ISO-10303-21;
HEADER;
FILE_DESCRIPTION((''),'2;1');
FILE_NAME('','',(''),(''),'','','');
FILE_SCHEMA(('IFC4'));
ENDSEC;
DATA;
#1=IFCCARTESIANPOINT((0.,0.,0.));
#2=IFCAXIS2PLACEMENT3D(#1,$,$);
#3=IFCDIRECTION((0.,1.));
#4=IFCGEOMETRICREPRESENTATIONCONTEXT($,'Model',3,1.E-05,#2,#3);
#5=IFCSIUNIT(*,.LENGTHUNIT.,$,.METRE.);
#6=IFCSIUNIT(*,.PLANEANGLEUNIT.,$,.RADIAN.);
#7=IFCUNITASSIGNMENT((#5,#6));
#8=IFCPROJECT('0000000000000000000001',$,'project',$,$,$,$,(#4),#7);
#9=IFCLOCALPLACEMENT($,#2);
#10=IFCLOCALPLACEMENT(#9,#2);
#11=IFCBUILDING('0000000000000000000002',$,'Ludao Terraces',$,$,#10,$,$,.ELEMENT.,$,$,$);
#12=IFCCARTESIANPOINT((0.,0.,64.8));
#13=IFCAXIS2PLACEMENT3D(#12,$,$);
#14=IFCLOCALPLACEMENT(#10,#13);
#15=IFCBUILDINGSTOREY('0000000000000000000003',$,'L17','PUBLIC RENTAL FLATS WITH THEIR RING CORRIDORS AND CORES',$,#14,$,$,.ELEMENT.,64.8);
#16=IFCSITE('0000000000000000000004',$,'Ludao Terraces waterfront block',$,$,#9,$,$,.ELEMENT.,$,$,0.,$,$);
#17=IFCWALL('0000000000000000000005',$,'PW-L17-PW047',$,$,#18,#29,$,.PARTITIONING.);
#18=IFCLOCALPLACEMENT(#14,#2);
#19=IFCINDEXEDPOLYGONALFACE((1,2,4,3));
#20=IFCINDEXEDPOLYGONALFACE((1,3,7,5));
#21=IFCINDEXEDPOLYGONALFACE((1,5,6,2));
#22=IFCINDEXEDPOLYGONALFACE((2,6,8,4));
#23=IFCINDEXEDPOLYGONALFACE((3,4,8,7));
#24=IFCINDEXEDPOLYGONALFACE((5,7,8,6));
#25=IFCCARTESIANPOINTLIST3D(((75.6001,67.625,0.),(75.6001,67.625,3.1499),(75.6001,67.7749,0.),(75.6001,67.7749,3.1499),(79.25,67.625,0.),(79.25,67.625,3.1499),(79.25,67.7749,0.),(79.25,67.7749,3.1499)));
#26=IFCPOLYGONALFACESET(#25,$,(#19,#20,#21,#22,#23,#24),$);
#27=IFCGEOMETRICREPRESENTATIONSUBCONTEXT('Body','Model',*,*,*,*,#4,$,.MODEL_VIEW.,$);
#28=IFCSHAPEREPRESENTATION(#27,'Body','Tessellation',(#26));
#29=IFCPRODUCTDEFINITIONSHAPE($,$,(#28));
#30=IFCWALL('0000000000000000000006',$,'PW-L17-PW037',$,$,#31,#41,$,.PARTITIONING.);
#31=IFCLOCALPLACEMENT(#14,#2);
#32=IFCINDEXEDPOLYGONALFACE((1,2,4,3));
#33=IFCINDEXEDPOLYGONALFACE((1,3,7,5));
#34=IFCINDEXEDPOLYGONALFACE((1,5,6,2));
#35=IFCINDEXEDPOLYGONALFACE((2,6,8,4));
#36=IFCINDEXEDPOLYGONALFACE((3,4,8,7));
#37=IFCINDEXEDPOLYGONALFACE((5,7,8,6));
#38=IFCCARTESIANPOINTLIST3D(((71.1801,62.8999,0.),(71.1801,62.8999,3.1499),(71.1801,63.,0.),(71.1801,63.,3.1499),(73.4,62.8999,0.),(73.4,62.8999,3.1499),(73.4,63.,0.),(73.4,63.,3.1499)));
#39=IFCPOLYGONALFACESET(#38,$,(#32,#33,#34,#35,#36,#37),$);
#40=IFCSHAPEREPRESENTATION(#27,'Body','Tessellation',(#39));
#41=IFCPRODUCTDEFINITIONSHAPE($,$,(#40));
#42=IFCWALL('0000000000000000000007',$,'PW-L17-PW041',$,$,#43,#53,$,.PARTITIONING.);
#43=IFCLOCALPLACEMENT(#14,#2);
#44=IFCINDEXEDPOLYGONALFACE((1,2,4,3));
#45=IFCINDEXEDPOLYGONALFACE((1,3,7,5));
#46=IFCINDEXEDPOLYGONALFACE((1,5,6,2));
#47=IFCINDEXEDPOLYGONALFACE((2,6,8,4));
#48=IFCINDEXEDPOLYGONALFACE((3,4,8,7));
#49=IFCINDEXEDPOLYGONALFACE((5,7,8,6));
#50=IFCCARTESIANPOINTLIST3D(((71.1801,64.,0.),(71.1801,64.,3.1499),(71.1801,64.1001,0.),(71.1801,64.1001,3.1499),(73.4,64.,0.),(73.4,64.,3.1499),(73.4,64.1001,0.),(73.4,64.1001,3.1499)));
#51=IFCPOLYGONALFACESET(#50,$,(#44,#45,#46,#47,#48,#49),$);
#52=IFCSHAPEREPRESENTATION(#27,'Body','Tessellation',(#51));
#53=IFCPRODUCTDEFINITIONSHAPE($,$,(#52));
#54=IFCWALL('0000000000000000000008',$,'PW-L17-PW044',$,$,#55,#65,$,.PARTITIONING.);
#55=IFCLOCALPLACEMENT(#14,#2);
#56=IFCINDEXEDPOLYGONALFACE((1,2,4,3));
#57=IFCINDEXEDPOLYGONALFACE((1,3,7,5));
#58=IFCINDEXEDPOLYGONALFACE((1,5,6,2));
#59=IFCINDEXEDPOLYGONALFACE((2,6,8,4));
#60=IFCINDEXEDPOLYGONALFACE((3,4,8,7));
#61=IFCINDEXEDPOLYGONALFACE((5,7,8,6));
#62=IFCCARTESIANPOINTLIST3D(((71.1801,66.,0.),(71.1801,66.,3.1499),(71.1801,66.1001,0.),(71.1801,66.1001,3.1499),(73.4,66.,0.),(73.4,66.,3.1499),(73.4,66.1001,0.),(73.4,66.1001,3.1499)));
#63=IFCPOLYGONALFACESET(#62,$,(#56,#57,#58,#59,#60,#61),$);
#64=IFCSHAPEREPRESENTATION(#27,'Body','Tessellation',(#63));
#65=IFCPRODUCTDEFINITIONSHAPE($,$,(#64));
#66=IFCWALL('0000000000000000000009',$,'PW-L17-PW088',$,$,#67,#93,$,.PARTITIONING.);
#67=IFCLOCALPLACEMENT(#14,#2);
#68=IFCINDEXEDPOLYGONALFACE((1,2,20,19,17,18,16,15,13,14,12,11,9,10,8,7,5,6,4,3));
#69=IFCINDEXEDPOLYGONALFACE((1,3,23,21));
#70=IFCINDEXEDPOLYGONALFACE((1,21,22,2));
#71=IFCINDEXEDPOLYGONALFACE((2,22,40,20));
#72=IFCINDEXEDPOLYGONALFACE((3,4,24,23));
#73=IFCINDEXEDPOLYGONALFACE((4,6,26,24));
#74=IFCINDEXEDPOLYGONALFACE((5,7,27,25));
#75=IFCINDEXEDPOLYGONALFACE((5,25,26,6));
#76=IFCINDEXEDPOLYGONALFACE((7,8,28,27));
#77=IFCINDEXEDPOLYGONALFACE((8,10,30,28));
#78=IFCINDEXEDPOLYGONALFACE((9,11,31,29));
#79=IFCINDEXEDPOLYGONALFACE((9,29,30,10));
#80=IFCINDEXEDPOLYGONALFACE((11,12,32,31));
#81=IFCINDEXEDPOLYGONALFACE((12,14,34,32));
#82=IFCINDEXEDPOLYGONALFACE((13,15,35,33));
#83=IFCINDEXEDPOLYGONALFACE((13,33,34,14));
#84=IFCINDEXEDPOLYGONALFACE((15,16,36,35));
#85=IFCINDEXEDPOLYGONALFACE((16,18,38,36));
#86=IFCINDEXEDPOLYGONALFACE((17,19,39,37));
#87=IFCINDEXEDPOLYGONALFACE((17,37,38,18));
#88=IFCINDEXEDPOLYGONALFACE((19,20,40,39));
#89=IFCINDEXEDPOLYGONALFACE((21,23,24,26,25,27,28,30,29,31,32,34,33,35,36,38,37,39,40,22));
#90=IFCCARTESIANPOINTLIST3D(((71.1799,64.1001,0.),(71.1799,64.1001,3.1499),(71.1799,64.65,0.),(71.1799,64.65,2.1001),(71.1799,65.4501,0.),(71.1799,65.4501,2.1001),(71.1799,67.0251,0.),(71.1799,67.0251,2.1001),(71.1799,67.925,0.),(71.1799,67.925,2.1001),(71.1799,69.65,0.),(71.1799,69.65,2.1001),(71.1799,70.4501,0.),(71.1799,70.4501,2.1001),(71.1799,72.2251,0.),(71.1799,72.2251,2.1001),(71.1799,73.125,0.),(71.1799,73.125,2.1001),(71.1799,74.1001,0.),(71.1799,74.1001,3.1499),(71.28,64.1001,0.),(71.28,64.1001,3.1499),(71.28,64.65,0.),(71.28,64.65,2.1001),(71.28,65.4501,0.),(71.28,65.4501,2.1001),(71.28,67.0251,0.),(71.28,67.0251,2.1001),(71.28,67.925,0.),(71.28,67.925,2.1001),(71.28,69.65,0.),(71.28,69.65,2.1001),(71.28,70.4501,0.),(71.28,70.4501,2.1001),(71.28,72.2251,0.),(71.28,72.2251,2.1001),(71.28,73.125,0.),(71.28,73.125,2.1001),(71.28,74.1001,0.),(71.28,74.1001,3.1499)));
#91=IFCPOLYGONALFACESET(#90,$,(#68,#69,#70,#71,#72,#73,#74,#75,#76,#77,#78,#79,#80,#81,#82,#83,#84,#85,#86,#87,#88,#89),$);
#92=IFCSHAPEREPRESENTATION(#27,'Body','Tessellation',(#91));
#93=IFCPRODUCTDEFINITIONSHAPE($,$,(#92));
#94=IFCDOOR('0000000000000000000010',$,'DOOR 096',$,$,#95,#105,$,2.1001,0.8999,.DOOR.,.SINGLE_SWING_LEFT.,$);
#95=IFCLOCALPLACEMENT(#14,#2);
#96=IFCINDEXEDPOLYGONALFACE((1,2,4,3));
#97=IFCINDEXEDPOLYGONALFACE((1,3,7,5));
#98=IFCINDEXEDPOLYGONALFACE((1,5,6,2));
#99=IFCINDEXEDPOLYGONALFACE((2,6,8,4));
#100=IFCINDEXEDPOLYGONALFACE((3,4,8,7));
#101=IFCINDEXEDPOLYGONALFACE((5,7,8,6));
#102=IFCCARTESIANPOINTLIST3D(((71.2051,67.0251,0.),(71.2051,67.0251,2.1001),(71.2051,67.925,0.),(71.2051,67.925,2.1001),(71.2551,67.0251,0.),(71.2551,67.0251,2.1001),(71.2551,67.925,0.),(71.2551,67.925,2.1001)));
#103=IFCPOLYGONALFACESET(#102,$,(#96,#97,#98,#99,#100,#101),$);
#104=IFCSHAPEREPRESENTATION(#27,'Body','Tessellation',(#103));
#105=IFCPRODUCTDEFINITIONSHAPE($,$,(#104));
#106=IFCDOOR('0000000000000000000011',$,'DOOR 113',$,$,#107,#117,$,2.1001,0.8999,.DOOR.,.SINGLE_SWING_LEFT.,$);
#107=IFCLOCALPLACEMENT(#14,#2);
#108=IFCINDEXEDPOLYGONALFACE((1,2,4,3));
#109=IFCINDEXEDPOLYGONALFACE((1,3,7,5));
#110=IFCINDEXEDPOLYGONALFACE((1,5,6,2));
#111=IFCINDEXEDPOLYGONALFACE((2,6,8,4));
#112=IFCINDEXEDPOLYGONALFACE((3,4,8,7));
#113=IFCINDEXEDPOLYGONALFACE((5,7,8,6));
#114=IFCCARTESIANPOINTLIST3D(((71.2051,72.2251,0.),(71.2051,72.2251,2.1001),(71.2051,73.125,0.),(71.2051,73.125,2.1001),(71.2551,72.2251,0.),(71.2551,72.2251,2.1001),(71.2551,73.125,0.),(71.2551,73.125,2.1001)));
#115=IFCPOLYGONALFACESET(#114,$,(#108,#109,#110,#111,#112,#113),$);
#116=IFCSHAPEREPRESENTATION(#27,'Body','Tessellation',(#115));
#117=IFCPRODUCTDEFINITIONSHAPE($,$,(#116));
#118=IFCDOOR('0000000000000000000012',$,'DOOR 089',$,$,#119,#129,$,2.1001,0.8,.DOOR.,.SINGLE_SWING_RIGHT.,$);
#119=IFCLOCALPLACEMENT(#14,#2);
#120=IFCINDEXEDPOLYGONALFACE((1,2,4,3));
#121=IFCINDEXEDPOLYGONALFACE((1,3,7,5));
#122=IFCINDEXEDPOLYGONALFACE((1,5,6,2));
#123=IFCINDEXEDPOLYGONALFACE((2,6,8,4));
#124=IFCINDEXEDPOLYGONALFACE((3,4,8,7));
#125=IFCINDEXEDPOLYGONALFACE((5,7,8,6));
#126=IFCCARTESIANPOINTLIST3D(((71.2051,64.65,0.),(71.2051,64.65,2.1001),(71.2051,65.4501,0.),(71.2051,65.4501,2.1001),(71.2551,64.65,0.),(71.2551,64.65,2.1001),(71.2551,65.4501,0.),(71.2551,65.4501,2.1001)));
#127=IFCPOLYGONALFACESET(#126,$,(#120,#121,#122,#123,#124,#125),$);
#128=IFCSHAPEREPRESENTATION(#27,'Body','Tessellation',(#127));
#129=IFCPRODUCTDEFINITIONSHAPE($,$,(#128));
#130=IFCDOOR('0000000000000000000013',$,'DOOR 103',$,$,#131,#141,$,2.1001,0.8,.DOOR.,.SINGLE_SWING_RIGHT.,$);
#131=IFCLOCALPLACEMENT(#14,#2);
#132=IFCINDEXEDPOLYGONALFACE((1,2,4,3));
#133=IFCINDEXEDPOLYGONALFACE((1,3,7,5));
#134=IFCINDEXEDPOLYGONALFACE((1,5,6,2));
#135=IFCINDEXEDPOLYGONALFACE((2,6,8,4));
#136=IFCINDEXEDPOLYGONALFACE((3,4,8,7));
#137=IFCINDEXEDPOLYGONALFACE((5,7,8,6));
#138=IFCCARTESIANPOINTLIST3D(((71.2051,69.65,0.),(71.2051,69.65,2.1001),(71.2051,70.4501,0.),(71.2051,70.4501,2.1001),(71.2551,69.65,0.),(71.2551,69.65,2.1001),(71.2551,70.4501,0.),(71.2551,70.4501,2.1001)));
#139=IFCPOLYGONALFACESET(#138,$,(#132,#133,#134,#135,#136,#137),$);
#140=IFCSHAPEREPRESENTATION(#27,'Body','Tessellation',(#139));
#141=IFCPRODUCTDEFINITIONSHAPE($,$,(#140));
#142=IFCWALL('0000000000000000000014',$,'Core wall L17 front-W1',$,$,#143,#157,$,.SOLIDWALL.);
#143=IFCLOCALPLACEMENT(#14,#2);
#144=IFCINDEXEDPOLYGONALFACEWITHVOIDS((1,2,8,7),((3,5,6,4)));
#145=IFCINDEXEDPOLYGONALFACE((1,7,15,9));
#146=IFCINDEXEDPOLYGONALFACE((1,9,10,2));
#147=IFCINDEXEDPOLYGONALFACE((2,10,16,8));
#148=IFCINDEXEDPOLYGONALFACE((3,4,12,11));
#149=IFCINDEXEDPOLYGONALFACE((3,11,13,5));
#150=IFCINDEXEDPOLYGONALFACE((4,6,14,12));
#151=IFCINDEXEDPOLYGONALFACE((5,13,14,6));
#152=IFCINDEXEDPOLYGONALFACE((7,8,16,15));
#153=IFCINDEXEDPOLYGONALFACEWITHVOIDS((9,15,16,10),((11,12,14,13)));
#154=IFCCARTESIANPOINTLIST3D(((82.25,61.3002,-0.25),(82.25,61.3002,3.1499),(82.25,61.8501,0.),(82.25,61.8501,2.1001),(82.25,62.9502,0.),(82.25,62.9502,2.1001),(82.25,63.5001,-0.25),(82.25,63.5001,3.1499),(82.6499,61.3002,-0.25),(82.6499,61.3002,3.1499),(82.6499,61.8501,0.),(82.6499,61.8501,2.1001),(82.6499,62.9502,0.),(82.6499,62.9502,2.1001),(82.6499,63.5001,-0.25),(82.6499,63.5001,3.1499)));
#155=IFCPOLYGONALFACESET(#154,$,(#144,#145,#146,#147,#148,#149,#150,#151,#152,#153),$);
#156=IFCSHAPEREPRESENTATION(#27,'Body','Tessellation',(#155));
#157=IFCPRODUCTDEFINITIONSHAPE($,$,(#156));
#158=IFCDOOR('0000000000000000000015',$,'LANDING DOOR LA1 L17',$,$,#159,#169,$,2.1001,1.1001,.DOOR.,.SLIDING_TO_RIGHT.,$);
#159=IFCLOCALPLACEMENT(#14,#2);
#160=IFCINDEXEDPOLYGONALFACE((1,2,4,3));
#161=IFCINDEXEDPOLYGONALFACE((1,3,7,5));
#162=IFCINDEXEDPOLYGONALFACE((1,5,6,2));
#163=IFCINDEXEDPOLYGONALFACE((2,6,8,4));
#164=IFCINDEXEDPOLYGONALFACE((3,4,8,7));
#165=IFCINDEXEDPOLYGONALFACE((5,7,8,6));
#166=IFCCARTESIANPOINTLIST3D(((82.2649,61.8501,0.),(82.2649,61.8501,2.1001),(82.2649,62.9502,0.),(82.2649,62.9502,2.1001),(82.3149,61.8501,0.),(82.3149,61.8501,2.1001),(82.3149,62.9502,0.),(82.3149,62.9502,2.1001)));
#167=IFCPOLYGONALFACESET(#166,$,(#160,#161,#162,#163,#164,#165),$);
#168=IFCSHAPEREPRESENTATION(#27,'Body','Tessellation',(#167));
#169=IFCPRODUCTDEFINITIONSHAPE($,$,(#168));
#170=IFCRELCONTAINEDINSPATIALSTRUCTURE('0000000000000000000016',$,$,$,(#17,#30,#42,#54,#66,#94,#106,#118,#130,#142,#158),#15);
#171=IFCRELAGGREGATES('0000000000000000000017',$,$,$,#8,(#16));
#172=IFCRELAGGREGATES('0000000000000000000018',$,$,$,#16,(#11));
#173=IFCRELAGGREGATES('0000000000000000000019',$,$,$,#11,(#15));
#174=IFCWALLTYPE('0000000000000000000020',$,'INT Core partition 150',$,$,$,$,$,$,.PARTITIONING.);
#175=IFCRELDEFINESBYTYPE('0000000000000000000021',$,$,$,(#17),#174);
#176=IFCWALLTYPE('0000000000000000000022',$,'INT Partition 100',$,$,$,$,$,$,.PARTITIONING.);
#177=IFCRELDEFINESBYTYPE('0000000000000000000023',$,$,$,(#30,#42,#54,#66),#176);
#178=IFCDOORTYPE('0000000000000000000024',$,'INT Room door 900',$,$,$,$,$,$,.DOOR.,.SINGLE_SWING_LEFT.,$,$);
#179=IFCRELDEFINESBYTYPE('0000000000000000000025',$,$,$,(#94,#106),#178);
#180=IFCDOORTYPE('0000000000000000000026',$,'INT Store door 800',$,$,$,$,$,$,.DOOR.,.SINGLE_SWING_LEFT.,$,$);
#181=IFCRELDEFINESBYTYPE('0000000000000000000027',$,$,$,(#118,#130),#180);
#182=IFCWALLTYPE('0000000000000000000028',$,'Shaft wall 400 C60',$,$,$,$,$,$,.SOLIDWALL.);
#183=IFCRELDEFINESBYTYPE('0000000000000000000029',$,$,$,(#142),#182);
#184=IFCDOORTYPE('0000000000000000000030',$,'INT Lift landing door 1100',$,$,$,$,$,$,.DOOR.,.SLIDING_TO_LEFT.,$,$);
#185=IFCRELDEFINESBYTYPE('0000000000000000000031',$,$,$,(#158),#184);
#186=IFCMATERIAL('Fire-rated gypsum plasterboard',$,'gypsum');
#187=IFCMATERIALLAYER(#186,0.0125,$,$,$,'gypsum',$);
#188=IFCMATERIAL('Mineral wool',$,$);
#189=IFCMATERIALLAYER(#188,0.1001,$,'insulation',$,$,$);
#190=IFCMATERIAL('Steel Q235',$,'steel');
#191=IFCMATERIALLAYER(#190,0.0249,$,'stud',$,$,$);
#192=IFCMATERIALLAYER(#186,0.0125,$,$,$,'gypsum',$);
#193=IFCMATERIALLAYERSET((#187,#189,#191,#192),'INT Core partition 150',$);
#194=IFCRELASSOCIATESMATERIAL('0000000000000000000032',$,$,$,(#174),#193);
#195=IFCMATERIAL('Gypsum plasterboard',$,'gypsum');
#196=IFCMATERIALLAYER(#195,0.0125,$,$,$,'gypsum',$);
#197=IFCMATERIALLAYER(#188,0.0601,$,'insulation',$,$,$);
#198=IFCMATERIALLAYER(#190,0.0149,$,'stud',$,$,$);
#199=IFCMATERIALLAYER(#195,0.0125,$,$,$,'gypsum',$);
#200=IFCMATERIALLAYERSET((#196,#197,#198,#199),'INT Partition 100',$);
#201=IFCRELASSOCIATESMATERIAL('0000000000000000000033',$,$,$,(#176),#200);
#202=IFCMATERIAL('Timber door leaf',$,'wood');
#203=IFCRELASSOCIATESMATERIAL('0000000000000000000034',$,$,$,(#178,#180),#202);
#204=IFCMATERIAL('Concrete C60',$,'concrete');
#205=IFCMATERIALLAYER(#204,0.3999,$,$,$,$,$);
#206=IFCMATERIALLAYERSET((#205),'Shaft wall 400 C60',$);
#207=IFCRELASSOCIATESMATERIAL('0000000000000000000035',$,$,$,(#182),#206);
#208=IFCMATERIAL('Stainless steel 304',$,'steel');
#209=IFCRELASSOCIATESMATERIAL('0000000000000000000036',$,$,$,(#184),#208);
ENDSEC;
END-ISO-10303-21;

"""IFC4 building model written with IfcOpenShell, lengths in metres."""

from ifc_helpers import new_model, si_unit, direction, frame, frame_2d, origin, place, context, subcontext, project, spatial, rectangle, extrude, material, layer, layer_set, type_object, element, fill, save


model = new_model("IFC4")

# Units and contexts
model_context = context("Model", 3, precision=1e-05, world=origin(), true_north=direction((0.0, 1.0)))
body_context = subcontext(model_context, "Body", "Model", "MODEL_VIEW")
ifc_project = project(units=[si_unit("LENGTHUNIT", "METRE"), si_unit("PLANEANGLEUNIT", "RADIAN")], contexts=[model_context])

# Site, building, storey
site_placement = place(None, origin())
site = spatial("IfcSite", under=ifc_project, at=site_placement, Name="Ludao Terraces waterfront block", CompositionType="ELEMENT", RefElevation=0.0)
building_placement = place(site_placement, origin())
building = spatial("IfcBuilding", under=site, at=building_placement, Name="Ludao Terraces", CompositionType="ELEMENT")
storey_placement = place(building_placement, frame((0.0, 0.0, 64.8)))
storey = spatial("IfcBuildingStorey", under=building, at=storey_placement, Name="L17", Description="PUBLIC RENTAL FLATS WITH THEIR RING CORRIDORS AND CORES", CompositionType="ELEMENT", Elevation=64.8)

# Walls
ifc_material_1 = material(Name="Fire-rated gypsum plasterboard", Category="gypsum")
ifc_layer_1 = layer(ifc_material_1, 0.0125, Category="gypsum")
ifc_material_2 = material(Name="Mineral wool")
ifc_layer_2 = layer(ifc_material_2, 0.1001, Name="insulation")
ifc_material_3 = material(Name="Steel Q235", Category="steel")
ifc_layer_3 = layer(ifc_material_3, 0.0249, Name="stud")
ifc_layer_4 = layer(ifc_material_1, 0.0125, Category="gypsum")
ifc_layer_set_1 = layer_set([ifc_layer_1, ifc_layer_2, ifc_layer_3, ifc_layer_4], Name="INT Core partition 150")
wall_type_1 = type_object("IfcWallType", Name="INT Core partition 150", PredefinedType="PARTITIONING", material=ifc_layer_set_1)
wall_1_placement = place(storey_placement, frame((75.6001, 67.7, 0.0), z_axis=(0.0, 0.0, 1.0), x_axis=(1.0, 0.0, 0.0)))
element("IfcWall", 1, at=wall_1_placement, inside=storey, type_object=wall_type_1, Name="PW-L17-PW047", PredefinedType="PARTITIONING", context=body_context, shape_type="SweptSolid", body=[
    extrude(rectangle(XDim=3.6499, YDim=0.1499, at=frame_2d((1.825, 0.0))), origin(), (0.0, 0.0, 1.0), 3.1499),
])
ifc_material_4 = material(Name="Gypsum plasterboard", Category="gypsum")
ifc_layer_5 = layer(ifc_material_4, 0.0125, Category="gypsum")
ifc_layer_6 = layer(ifc_material_2, 0.0601, Name="insulation")
ifc_layer_7 = layer(ifc_material_3, 0.0149, Name="stud")
ifc_layer_8 = layer(ifc_material_4, 0.0125, Category="gypsum")
ifc_layer_set_2 = layer_set([ifc_layer_5, ifc_layer_6, ifc_layer_7, ifc_layer_8], Name="INT Partition 100")
wall_type_2 = type_object("IfcWallType", Name="INT Partition 100", PredefinedType="PARTITIONING", material=ifc_layer_set_2)
for number, where, z_axis, x_axis, name in (
    (2, (71.1802, 62.95, 0.0), (0.0, 0.0, 1.0), (1.0, 0.0, 0.0), "PW-L17-PW037"),
    (3, (71.1802, 64.05, 0.0), (0.0, 0.0, 1.0), (1.0, 0.0, 0.0), "PW-L17-PW041"),
    (4, (71.1802, 66.05, 0.0), (0.0, 0.0, 1.0), (1.0, 0.0, 0.0), "PW-L17-PW044"),
):
    element("IfcWall", number, at=place(storey_placement, frame(where, z_axis=z_axis, x_axis=x_axis)), inside=storey, type_object=wall_type_2, Name=name, PredefinedType="PARTITIONING", context=body_context, shape_type="SweptSolid", body=[
        extrude(rectangle(XDim=2.22, YDim=0.1001, at=frame_2d((1.1099, 0.0))), origin(), (0.0, 0.0, 1.0), 3.1499),
    ])

# Wall, openings, doors
wall_2_placement = place(storey_placement, frame((71.23, 64.1001, 0.0), z_axis=(0.0, 0.0, 1.0), x_axis=(0.0, 1.0, 0.0)))
wall_2 = element("IfcWall", 5, at=wall_2_placement, inside=storey, type_object=wall_type_2, Name="PW-L17-PW088", PredefinedType="PARTITIONING", context=body_context, shape_type="SweptSolid", body=[
    extrude(rectangle(XDim=10.0, YDim=0.1001, at=frame_2d((5.0, 0.0))), origin(), (0.0, 0.0, 1.0), 3.1499),
])
opening_1_placement = place(wall_2_placement, frame((0.55, 0.0, 0.0)))
opening_1 = element("IfcOpeningElement", 6, at=opening_1_placement, cuts=wall_2, PredefinedType="OPENING", context=body_context, shape_type="SweptSolid", body=[
    extrude(rectangle(XDim=0.8, YDim=2.1001, at=frame_2d((0.3999, 1.05))), frame((0.0, 0.0601, 0.0), z_axis=(0.0, -1.0, 0.0), x_axis=(1.0, 0.0, 0.0)), (0.0, 0.0, 1.0), 0.1201),
])
opening_2_placement = place(wall_2_placement, frame((2.925, 0.0, 0.0)))
opening_2 = element("IfcOpeningElement", 7, at=opening_2_placement, cuts=wall_2, PredefinedType="OPENING", context=body_context, shape_type="SweptSolid", body=[
    extrude(rectangle(XDim=0.8999, YDim=2.1001, at=frame_2d((0.45, 1.05))), frame((0.0, 0.0601, 0.0), z_axis=(0.0, -1.0, 0.0), x_axis=(1.0, 0.0, 0.0)), (0.0, 0.0, 1.0), 0.1201),
])
opening_3_placement = place(wall_2_placement, frame((5.55, 0.0, 0.0)))
opening_3 = element("IfcOpeningElement", 8, at=opening_3_placement, cuts=wall_2, PredefinedType="OPENING", context=body_context, shape_type="SweptSolid", body=[
    extrude(rectangle(XDim=0.8, YDim=2.1001, at=frame_2d((0.3999, 1.05))), frame((0.0, 0.0601, 0.0), z_axis=(0.0, -1.0, 0.0), x_axis=(1.0, 0.0, 0.0)), (0.0, 0.0, 1.0), 0.1201),
])
opening_4_placement = place(wall_2_placement, frame((8.125, 0.0, 0.0)))
opening_4 = element("IfcOpeningElement", 9, at=opening_4_placement, cuts=wall_2, PredefinedType="OPENING", context=body_context, shape_type="SweptSolid", body=[
    extrude(rectangle(XDim=0.8999, YDim=2.1001, at=frame_2d((0.45, 1.05))), frame((0.0, 0.0601, 0.0), z_axis=(0.0, -1.0, 0.0), x_axis=(1.0, 0.0, 0.0)), (0.0, 0.0, 1.0), 0.1201),
])
ifc_material_5 = material(Name="Timber door leaf", Category="wood")
door_type_1 = type_object("IfcDoorType", Name="INT Room door 900", OperationType="SINGLE_SWING_LEFT", PredefinedType="DOOR", material=ifc_material_5)
door_1_placement = place(opening_2_placement, origin())
door_1 = element("IfcDoor", 10, at=door_1_placement, inside=storey, type_object=door_type_1, Name="DOOR 096", OperationType="SINGLE_SWING_LEFT", OverallHeight=2.1001, OverallWidth=0.8999, PredefinedType="DOOR", context=body_context, shape_type="SweptSolid", body=[
    extrude(rectangle(XDim=0.8999, YDim=2.1001, at=frame_2d((0.45, 1.05))), frame((0.0, 0.0249, 0.0), z_axis=(0.0, -1.0, 0.0), x_axis=(1.0, 0.0, 0.0)), (0.0, 0.0, 1.0), 0.05),
])
fill(opening_2, door_1)
door_2_placement = place(opening_4_placement, origin())
door_2 = element("IfcDoor", 11, at=door_2_placement, inside=storey, type_object=door_type_1, Name="DOOR 113", OperationType="SINGLE_SWING_LEFT", OverallHeight=2.1001, OverallWidth=0.8999, PredefinedType="DOOR", context=body_context, shape_type="SweptSolid", body=[
    extrude(rectangle(XDim=0.8999, YDim=2.1001, at=frame_2d((0.45, 1.05))), frame((0.0, 0.0249, 0.0), z_axis=(0.0, -1.0, 0.0), x_axis=(1.0, 0.0, 0.0)), (0.0, 0.0, 1.0), 0.05),
])
fill(opening_4, door_2)
door_type_2 = type_object("IfcDoorType", Name="INT Store door 800", OperationType="SINGLE_SWING_LEFT", PredefinedType="DOOR", material=ifc_material_5)
door_3_placement = place(opening_1_placement, origin())
door_3 = element("IfcDoor", 12, at=door_3_placement, inside=storey, type_object=door_type_2, Name="DOOR 089", OperationType="SINGLE_SWING_RIGHT", OverallHeight=2.1001, OverallWidth=0.8, PredefinedType="DOOR", context=body_context, shape_type="SweptSolid", body=[
    extrude(rectangle(XDim=0.8, YDim=2.1001, at=frame_2d((0.3999, 1.05))), frame((0.0, 0.0249, 0.0), z_axis=(0.0, -1.0, 0.0), x_axis=(1.0, 0.0, 0.0)), (0.0, 0.0, 1.0), 0.05),
])
fill(opening_1, door_3)
door_4_placement = place(opening_3_placement, origin())
door_4 = element("IfcDoor", 13, at=door_4_placement, inside=storey, type_object=door_type_2, Name="DOOR 103", OperationType="SINGLE_SWING_RIGHT", OverallHeight=2.1001, OverallWidth=0.8, PredefinedType="DOOR", context=body_context, shape_type="SweptSolid", body=[
    extrude(rectangle(XDim=0.8, YDim=2.1001, at=frame_2d((0.3999, 1.05))), frame((0.0, 0.0249, 0.0), z_axis=(0.0, -1.0, 0.0), x_axis=(1.0, 0.0, 0.0)), (0.0, 0.0, 1.0), 0.05),
])
fill(opening_3, door_4)

# Wall, opening, door
ifc_material_6 = material(Name="Concrete C60", Category="concrete")
ifc_layer_9 = layer(ifc_material_6, 0.3999)
ifc_layer_set_3 = layer_set([ifc_layer_9], Name="Shaft wall 400 C60")
wall_type_3 = type_object("IfcWallType", Name="Shaft wall 400 C60", PredefinedType="SOLIDWALL", material=ifc_layer_set_3)
wall_3_placement = place(storey_placement, frame((82.45, 61.3, -0.25), z_axis=(0.0, 0.0, 1.0), x_axis=(0.0, 1.0, 0.0)))
wall_3 = element("IfcWall", 14, at=wall_3_placement, inside=storey, type_object=wall_type_3, Name="Core wall L17 front-W1", PredefinedType="SOLIDWALL", context=body_context, shape_type="SweptSolid", body=[
    extrude(rectangle(XDim=2.2, YDim=0.3999, at=frame_2d((1.1001, 0.0))), origin(), (0.0, 0.0, 1.0), 3.3999),
])
opening_5_placement = place(wall_3_placement, frame((0.55, 0.0, 0.25)))
opening_5 = element("IfcOpeningElement", 15, at=opening_5_placement, cuts=wall_3, PredefinedType="OPENING", context=body_context, shape_type="SweptSolid", body=[
    extrude(rectangle(XDim=1.1001, YDim=2.1001, at=frame_2d((0.55, 1.05))), frame((0.0, 0.21, 0.0), z_axis=(0.0, -1.0, 0.0), x_axis=(1.0, 0.0, 0.0)), (0.0, 0.0, 1.0), 0.4199),
])
ifc_material_7 = material(Name="Stainless steel 304", Category="steel")
door_type_3 = type_object("IfcDoorType", Name="INT Lift landing door 1100", OperationType="SLIDING_TO_LEFT", PredefinedType="DOOR", material=ifc_material_7)
door_5_placement = place(opening_5_placement, origin())
door_5 = element("IfcDoor", 16, at=door_5_placement, inside=storey, type_object=door_type_3, Name="LANDING DOOR LA1 L17", OperationType="SLIDING_TO_RIGHT", OverallHeight=2.1001, OverallWidth=1.1001, PredefinedType="DOOR", context=body_context, shape_type="SweptSolid", body=[
    extrude(rectangle(XDim=1.1001, YDim=2.1001, at=frame_2d((0.55, 1.05))), frame((0.0, 0.1851, 0.0), z_axis=(0.0, -1.0, 0.0), x_axis=(1.0, 0.0, 0.0)), (0.0, 0.0, 1.0), 0.05),
])
fill(opening_5, door_5)

save(model, "model.ifc")
